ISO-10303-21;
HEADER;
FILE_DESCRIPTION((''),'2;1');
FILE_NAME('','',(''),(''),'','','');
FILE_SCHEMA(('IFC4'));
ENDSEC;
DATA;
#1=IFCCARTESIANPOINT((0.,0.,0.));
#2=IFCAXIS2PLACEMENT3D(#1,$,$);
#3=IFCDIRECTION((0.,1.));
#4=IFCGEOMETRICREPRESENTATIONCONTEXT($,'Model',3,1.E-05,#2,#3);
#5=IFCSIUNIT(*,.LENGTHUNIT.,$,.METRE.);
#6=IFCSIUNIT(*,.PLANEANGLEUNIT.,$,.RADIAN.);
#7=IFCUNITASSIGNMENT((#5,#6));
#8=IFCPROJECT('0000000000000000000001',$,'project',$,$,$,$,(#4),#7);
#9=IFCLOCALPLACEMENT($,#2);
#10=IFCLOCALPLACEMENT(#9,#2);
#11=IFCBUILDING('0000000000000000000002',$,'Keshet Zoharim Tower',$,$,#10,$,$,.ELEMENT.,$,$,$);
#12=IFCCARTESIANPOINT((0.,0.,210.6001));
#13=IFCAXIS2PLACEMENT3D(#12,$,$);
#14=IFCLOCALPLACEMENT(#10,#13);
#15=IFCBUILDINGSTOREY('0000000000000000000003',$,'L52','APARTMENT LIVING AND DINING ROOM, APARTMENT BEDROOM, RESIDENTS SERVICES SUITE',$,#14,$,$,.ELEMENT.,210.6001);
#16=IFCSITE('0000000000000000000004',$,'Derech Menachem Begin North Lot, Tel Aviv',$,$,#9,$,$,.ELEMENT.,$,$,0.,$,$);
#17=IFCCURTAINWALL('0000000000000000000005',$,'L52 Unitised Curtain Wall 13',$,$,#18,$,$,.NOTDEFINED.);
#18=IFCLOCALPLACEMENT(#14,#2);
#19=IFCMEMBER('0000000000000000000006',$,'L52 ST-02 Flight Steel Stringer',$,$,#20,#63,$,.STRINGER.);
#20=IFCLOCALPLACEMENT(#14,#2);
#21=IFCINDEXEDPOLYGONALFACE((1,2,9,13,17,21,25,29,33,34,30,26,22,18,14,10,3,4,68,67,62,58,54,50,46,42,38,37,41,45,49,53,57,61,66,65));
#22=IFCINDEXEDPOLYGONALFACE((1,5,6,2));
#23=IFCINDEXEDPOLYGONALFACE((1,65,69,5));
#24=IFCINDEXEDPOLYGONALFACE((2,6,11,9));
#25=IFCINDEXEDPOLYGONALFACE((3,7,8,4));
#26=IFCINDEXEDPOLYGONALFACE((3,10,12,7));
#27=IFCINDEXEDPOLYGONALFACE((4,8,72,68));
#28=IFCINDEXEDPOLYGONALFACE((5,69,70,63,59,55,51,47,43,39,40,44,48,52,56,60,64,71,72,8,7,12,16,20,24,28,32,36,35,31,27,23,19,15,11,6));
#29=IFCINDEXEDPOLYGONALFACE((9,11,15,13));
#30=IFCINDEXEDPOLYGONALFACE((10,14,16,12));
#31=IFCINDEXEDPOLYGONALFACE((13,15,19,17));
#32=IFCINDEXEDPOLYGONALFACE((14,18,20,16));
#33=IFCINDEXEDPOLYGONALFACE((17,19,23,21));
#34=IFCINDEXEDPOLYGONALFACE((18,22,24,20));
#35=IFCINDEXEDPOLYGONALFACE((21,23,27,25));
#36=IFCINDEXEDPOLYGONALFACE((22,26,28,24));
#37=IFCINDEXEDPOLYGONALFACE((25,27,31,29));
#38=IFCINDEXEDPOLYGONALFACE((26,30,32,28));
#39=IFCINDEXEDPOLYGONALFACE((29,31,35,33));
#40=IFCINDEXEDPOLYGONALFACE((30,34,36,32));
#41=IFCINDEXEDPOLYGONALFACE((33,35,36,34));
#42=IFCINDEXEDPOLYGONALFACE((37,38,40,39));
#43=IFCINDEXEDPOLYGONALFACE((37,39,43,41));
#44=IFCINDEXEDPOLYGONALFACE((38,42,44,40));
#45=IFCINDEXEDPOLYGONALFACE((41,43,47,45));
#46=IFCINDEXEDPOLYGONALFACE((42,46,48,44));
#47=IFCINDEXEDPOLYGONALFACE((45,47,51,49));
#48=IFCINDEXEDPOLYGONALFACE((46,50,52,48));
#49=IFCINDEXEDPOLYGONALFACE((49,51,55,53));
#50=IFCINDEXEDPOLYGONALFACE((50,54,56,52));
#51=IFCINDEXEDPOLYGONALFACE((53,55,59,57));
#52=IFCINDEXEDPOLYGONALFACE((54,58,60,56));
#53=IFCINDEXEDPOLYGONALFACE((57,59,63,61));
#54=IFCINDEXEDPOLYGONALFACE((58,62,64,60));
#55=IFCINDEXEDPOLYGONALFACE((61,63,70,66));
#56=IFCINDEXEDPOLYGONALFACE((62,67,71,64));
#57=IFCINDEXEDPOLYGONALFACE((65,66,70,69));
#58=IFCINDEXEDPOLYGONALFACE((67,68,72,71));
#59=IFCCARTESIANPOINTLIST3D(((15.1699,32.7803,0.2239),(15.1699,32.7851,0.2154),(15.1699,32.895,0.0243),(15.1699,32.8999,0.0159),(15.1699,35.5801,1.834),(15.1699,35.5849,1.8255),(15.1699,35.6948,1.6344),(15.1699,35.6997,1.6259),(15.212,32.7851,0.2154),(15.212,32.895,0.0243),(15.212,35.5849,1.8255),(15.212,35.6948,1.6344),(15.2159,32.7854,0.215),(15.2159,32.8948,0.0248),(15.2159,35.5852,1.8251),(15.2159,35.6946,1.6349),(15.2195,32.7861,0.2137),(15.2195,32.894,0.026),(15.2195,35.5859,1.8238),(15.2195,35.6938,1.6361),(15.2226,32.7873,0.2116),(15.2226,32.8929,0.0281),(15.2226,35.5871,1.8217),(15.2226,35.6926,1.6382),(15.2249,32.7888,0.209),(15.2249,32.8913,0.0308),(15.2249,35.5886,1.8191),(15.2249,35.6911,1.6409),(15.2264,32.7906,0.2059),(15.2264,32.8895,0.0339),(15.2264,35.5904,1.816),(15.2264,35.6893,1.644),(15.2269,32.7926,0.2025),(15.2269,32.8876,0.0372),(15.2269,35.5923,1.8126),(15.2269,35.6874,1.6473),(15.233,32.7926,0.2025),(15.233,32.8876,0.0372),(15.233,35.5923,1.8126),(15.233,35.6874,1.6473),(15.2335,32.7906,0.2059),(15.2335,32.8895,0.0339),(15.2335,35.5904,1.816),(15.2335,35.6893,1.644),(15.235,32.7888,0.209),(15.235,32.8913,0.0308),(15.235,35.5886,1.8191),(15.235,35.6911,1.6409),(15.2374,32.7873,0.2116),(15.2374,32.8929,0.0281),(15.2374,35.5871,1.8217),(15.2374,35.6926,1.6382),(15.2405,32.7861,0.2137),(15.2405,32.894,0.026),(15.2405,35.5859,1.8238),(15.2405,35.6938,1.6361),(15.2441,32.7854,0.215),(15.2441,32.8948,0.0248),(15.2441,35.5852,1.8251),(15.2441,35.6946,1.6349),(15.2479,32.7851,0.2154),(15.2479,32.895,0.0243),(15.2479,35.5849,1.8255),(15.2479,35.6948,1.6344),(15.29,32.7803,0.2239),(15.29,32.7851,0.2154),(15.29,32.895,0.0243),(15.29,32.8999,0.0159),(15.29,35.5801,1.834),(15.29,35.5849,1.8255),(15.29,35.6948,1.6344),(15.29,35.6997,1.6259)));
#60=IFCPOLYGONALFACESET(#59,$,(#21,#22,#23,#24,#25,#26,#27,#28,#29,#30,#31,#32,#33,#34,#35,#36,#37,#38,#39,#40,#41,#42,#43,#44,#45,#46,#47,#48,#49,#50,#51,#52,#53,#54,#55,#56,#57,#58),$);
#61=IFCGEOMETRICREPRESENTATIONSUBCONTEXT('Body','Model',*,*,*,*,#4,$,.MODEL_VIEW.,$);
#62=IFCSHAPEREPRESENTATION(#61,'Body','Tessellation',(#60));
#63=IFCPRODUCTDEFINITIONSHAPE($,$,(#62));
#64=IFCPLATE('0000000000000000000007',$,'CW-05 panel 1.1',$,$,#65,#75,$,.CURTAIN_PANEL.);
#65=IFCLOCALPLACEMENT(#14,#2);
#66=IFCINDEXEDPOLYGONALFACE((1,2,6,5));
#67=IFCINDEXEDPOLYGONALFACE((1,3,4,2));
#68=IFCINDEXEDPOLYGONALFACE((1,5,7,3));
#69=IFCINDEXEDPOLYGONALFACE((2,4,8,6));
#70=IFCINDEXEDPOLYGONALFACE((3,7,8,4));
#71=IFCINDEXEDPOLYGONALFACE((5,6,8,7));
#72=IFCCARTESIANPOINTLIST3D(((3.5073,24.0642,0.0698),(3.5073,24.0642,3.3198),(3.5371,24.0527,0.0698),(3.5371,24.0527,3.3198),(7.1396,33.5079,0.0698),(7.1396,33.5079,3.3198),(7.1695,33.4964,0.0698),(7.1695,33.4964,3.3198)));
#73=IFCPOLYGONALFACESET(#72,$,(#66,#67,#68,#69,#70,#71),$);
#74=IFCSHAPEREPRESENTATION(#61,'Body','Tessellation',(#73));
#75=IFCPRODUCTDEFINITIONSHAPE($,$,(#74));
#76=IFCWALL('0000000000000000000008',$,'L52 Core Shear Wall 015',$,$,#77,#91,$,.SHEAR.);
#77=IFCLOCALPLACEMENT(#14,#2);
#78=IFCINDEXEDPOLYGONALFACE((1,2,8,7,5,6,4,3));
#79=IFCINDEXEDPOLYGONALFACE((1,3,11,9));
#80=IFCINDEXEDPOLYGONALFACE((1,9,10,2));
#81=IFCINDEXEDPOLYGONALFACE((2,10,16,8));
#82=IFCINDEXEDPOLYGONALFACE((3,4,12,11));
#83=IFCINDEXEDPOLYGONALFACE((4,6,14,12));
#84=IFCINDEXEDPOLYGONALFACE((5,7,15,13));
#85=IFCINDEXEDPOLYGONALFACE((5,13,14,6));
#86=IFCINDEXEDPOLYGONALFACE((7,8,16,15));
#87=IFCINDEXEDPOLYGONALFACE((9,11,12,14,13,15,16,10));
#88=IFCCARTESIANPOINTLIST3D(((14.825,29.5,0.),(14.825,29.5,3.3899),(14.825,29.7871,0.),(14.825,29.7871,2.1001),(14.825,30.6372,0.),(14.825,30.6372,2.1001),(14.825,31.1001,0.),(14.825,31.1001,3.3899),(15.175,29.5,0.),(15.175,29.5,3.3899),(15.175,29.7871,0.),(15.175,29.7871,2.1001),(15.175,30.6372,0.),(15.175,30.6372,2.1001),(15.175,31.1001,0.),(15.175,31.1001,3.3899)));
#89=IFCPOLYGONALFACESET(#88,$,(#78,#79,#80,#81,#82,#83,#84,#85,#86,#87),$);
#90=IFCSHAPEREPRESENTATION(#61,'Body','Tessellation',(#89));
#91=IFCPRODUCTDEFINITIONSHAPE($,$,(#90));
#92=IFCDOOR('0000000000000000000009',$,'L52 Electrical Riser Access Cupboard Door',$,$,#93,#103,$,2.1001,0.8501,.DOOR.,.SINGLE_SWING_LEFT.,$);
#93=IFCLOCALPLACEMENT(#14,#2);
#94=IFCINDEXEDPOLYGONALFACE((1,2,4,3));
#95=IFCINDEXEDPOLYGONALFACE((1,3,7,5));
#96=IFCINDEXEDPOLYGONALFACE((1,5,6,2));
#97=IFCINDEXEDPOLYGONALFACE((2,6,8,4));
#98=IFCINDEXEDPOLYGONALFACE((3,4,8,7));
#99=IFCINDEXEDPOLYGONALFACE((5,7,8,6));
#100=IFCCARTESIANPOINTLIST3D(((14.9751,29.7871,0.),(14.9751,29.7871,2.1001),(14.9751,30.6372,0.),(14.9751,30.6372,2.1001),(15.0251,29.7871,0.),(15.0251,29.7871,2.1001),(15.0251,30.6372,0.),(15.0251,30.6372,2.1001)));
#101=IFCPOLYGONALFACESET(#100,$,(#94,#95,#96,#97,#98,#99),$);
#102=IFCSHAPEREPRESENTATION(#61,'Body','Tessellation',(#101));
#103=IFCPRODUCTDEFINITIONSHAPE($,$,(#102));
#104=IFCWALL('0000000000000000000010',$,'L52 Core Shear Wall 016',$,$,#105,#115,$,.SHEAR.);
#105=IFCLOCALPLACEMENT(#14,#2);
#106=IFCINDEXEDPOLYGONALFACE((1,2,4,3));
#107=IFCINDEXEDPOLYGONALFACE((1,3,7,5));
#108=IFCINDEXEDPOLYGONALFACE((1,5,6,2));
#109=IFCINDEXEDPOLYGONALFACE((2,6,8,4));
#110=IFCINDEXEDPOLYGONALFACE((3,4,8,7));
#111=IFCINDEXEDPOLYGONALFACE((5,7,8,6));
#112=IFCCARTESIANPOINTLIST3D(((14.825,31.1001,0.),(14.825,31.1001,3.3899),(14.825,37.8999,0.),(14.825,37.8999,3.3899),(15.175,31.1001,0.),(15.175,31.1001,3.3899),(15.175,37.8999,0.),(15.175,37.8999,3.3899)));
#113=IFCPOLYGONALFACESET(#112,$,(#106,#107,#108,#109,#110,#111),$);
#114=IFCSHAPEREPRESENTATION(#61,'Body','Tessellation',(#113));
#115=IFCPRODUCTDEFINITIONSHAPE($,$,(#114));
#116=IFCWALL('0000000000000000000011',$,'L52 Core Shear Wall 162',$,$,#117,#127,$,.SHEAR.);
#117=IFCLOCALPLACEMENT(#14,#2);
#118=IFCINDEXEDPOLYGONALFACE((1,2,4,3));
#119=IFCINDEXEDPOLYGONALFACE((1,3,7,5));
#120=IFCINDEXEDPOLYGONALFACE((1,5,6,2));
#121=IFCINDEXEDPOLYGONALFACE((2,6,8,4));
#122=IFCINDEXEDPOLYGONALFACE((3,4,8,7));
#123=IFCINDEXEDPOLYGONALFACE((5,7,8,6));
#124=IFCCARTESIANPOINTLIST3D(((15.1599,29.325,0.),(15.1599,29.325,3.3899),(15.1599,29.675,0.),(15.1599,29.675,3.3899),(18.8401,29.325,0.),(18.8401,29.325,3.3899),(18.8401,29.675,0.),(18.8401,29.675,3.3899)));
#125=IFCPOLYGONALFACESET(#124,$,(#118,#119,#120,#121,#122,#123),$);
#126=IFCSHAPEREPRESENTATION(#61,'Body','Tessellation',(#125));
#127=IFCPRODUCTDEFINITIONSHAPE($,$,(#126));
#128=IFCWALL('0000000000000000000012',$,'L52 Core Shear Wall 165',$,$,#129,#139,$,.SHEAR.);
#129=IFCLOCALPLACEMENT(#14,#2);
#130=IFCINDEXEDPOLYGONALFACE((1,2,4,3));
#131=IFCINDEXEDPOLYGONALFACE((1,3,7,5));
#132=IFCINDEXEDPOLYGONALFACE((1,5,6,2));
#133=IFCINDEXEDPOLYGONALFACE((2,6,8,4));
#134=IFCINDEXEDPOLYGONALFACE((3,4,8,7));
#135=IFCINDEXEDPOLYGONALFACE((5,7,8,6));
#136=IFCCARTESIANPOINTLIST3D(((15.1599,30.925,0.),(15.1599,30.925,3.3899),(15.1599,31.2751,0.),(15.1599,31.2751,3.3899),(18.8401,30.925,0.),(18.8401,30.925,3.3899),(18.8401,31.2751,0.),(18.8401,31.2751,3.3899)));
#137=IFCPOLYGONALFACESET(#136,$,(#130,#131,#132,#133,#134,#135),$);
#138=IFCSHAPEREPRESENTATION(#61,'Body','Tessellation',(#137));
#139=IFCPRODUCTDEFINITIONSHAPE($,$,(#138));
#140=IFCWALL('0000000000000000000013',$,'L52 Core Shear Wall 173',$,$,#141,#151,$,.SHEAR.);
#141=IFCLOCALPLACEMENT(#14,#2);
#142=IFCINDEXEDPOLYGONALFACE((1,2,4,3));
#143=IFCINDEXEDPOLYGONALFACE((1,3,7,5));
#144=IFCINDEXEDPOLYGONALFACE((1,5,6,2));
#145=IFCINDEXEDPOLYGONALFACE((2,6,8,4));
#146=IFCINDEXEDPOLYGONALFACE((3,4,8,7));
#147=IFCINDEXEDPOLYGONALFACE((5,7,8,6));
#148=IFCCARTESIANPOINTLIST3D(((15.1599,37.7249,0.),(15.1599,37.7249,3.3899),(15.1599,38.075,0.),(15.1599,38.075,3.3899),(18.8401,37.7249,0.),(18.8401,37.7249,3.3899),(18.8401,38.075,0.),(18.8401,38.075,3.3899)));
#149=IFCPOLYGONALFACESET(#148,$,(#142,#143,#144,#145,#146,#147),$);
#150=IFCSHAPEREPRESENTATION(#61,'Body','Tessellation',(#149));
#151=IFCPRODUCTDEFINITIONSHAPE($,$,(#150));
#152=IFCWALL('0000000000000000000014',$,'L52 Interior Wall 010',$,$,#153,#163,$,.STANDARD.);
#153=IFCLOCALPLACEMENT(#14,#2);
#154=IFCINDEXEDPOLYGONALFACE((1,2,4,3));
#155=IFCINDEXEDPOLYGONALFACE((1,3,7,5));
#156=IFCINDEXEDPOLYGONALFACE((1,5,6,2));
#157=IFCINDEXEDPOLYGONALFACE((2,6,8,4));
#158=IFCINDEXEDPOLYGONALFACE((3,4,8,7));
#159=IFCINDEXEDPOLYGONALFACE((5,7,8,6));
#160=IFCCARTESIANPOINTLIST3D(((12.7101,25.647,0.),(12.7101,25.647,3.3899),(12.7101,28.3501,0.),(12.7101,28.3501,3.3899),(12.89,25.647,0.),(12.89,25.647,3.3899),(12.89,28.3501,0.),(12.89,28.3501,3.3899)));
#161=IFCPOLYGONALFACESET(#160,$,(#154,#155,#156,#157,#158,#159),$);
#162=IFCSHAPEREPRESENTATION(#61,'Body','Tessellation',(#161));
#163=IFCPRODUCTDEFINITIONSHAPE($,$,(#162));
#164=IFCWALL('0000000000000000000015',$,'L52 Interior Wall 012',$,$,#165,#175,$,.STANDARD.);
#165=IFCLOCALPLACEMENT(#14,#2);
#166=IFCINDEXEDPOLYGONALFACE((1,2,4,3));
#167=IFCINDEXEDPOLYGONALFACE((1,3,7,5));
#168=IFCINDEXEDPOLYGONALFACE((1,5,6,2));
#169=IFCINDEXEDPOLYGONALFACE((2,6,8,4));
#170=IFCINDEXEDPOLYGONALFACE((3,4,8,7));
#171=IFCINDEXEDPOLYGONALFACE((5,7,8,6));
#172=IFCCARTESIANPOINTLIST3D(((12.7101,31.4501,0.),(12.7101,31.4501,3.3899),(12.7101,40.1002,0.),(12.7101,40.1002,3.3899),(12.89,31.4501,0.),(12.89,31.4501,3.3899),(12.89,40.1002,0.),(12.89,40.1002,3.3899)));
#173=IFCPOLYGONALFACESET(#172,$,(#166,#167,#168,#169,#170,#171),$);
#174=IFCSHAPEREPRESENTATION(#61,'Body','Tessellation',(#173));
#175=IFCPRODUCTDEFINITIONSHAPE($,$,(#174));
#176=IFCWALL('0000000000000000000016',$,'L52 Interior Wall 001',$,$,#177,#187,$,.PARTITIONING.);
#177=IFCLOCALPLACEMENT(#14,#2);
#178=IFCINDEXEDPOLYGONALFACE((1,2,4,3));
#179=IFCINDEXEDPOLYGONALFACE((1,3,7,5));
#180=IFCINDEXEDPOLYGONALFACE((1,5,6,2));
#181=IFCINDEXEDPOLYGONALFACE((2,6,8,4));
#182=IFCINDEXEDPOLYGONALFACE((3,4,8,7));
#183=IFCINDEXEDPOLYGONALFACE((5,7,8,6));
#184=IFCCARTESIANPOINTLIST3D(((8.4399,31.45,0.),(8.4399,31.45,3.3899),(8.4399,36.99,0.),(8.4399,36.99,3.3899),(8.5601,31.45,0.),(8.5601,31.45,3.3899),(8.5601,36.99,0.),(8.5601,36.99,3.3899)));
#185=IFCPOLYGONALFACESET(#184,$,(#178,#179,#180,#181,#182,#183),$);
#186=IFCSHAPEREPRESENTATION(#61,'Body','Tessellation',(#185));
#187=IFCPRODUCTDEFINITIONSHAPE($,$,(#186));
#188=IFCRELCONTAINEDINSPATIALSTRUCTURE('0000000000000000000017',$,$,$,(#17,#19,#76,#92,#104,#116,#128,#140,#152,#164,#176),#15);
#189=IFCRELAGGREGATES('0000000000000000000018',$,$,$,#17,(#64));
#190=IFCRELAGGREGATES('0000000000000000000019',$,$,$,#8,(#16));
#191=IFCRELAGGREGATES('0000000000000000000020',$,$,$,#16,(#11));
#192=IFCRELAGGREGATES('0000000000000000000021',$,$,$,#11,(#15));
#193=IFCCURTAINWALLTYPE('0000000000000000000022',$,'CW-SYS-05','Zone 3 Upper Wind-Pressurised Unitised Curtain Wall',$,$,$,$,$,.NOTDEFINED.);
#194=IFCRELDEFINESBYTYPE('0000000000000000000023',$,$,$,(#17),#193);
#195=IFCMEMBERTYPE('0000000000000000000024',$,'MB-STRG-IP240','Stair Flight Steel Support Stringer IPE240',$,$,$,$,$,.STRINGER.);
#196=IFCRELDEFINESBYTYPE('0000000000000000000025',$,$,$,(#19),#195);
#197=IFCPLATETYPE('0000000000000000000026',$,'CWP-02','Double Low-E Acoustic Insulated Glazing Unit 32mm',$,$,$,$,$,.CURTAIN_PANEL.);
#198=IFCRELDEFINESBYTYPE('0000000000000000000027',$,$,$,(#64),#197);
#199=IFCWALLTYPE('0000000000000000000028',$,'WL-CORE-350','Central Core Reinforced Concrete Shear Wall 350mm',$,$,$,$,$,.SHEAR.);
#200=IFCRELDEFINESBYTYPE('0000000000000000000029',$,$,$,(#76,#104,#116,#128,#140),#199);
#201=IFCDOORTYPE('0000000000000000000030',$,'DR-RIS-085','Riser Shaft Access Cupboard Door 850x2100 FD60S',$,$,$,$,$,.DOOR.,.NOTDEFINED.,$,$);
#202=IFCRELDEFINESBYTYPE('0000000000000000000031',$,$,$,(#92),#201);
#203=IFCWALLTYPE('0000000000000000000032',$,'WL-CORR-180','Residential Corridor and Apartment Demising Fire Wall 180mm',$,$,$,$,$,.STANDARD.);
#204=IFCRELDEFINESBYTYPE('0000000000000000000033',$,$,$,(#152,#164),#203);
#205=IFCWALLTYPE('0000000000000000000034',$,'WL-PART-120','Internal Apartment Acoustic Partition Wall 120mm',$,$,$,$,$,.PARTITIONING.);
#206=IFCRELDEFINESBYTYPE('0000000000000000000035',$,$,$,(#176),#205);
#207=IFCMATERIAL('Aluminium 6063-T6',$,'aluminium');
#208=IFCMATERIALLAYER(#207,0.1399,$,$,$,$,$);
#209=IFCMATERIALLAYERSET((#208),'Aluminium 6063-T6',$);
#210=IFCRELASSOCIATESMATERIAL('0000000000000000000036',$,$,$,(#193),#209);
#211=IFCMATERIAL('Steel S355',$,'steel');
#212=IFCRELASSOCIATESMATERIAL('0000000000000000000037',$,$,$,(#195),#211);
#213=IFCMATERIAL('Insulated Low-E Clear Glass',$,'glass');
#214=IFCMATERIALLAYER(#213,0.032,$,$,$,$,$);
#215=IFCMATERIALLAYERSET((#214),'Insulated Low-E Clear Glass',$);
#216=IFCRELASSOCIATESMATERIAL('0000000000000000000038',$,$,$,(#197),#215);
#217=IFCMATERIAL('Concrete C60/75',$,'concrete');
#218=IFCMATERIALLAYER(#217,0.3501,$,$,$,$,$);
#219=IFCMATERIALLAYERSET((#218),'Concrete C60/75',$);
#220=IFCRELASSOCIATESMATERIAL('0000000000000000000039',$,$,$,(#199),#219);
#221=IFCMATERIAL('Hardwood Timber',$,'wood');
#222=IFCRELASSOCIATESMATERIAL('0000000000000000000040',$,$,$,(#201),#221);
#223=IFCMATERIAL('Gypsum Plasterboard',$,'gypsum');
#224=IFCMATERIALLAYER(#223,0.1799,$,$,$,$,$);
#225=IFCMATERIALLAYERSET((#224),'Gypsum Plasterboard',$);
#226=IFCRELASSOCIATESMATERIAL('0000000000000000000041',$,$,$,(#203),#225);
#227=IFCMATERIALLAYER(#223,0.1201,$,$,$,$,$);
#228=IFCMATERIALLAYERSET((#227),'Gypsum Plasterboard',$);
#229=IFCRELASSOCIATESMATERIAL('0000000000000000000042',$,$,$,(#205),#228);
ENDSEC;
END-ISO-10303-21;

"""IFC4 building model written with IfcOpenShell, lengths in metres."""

from ifc_helpers import new_model, si_unit, direction, frame, frame_2d, origin, origin_2d, place, context, subcontext, project, spatial, rectangle, i_section, extrude, material, layer, layer_set, material_profile, profile_set, type_object, element, fill, aggregate, save


model = new_model("IFC4")

# Units and contexts
model_context = context("Model", 3, precision=1e-05, world=origin(), true_north=direction((0.0, 1.0)))
body_context = subcontext(model_context, "Body", "Model", "MODEL_VIEW")
ifc_project = project(units=[si_unit("LENGTHUNIT", "METRE"), si_unit("PLANEANGLEUNIT", "RADIAN")], contexts=[model_context])

# Site, building, storey
site_placement = place(None, origin())
site = spatial("IfcSite", under=ifc_project, at=site_placement, Name="Derech Menachem Begin North Lot, Tel Aviv", CompositionType="ELEMENT", RefElevation=0.0)
building_placement = place(site_placement, origin())
building = spatial("IfcBuilding", under=site, at=building_placement, Name="Keshet Zoharim Tower", CompositionType="ELEMENT")
storey_placement = place(building_placement, frame((0.0, 0.0, 210.6001)))
storey = spatial("IfcBuildingStorey", under=building, at=storey_placement, Name="L52", Description="APARTMENT LIVING AND DINING ROOM, APARTMENT BEDROOM, RESIDENTS SERVICES SUITE", CompositionType="ELEMENT", Elevation=210.6001)

# Shared definitions
ifc_material_1 = material(Name="Steel S355", Category="steel")

# Curtain wall
ifc_material_2 = material(Name="Aluminium 6063-T6", Category="aluminium")
ifc_layer_1 = layer(ifc_material_2, 0.1399)
ifc_layer_set_1 = layer_set([ifc_layer_1], Name="Aluminium 6063-T6")
curtain_wall_type = type_object("IfcCurtainWallType", Name="CW-SYS-05", Description="Zone 3 Upper Wind-Pressurised Unitised Curtain Wall", PredefinedType="NOTDEFINED", material=ifc_layer_set_1)
curtain_wall_placement = place(storey_placement, origin())
curtain_wall = element("IfcCurtainWall", 1, at=curtain_wall_placement, inside=storey, type_object=curtain_wall_type, Name="L52 Unitised Curtain Wall 13", PredefinedType="NOTDEFINED")

# Member
ifc_material_profile_1 = material_profile(ifc_material_1, i_section(OverallWidth=0.1201, OverallDepth=0.24, WebThickness=0.0061, FlangeThickness=0.0098, FilletRadius=0.0149, at=origin_2d()), Name="IPE240")
ifc_profile_set_1 = profile_set([ifc_material_profile_1], Name="Steel S355")
member_type_1 = type_object("IfcMemberType", Name="MB-STRG-IP240", Description="Stair Flight Steel Support Stringer IPE240", PredefinedType="STRINGER", material=ifc_profile_set_1)
member_1_placement = place(storey_placement, frame((15.23, 32.8401, 0.1199), z_axis=(0.0, 0.866877, 0.498522), x_axis=(-1.0, 0.0, 0.0)))
element("IfcMember", 2, at=member_1_placement, inside=storey, type_object=member_type_1, Name="L52 ST-02 Flight Steel Stringer", PredefinedType="STRINGER", context=body_context, shape_type="SweptSolid", body=[
    extrude(i_section(OverallWidth=0.1201, OverallDepth=0.24, WebThickness=0.0061, FlangeThickness=0.0098, FilletRadius=0.0149, at=origin_2d()), origin(), (0.0, 0.0, 1.0), 3.2297),
])

# Plate
ifc_material_3 = material(Name="Insulated Low-E Clear Glass", Category="glass")
ifc_layer_2 = layer(ifc_material_3, 0.032)
ifc_layer_set_2 = layer_set([ifc_layer_2], Name="Insulated Low-E Clear Glass")
plate_type = type_object("IfcPlateType", Name="CWP-02", Description="Double Low-E Acoustic Insulated Glazing Unit 32mm", PredefinedType="CURTAIN_PANEL", material=ifc_layer_set_2)
plate_placement = place(storey_placement, frame((5.3384, 28.7803, 0.0698), z_axis=(0.0, 0.0, 1.0), x_axis=(0.35899, 0.933341, 0.0)))
plate = element("IfcPlate", 3, at=plate_placement, type_object=plate_type, Name="CW-05 panel 1.1", PredefinedType="CURTAIN_PANEL", context=body_context, shape_type="SweptSolid", body=[
    extrude(rectangle(XDim=10.1182, YDim=0.032, at=origin_2d()), origin(), (0.0, 0.0, 1.0), 3.25),
])
aggregate(curtain_wall, [plate])

# Wall, opening, door
ifc_material_4 = material(Name="Concrete C60/75", Category="concrete")
ifc_layer_3 = layer(ifc_material_4, 0.3501)
ifc_layer_set_3 = layer_set([ifc_layer_3], Name="Concrete C60/75")
wall_type_1 = type_object("IfcWallType", Name="WL-CORE-350", Description="Central Core Reinforced Concrete Shear Wall 350mm", PredefinedType="SHEAR", material=ifc_layer_set_3)
wall_1_placement = place(storey_placement, frame((15.0, 29.5, 0.0), z_axis=(0.0, 0.0, 1.0), x_axis=(0.0, 1.0, 0.0)))
wall_1 = element("IfcWall", 4, at=wall_1_placement, inside=storey, type_object=wall_type_1, Name="L52 Core Shear Wall 015", PredefinedType="SHEAR", context=body_context, shape_type="SweptSolid", body=[
    extrude(rectangle(XDim=1.6001, YDim=0.3501, at=frame_2d((0.8, 0.0))), origin(), (0.0, 0.0, 1.0), 3.3899),
])
opening_1_placement = place(wall_1_placement, frame((0.2871, 0.0, 0.0)))
opening_1 = element("IfcOpeningElement", 5, at=opening_1_placement, cuts=wall_1, PredefinedType="OPENING", context=body_context, shape_type="SweptSolid", body=[
    extrude(rectangle(XDim=0.8501, YDim=2.1001, at=frame_2d((0.425, 1.05))), frame((0.0, 0.1851, 0.0), z_axis=(0.0, -1.0, 0.0), x_axis=(1.0, 0.0, 0.0)), (0.0, 0.0, 1.0), 0.3701),
])
ifc_material_5 = material(Name="Hardwood Timber", Category="wood")
door_type_1 = type_object("IfcDoorType", Name="DR-RIS-085", Description="Riser Shaft Access Cupboard Door 850x2100 FD60S", OperationType="NOTDEFINED", PredefinedType="DOOR", material=ifc_material_5)
door_1_placement = place(opening_1_placement, origin())
door_1 = element("IfcDoor", 6, at=door_1_placement, inside=storey, type_object=door_type_1, Name="L52 Electrical Riser Access Cupboard Door", OperationType="SINGLE_SWING_LEFT", OverallHeight=2.1001, OverallWidth=0.8501, PredefinedType="DOOR", context=body_context, shape_type="SweptSolid", body=[
    extrude(rectangle(XDim=0.8501, YDim=2.1001, at=frame_2d((0.425, 1.05))), frame((0.0, 0.0249, 0.0), z_axis=(0.0, -1.0, 0.0), x_axis=(1.0, 0.0, 0.0)), (0.0, 0.0, 1.0), 0.05),
])
fill(opening_1, door_1)

# Walls
wall_2_placement = place(storey_placement, frame((15.0, 31.1001, 0.0), z_axis=(0.0, 0.0, 1.0), x_axis=(0.0, 1.0, 0.0)))
element("IfcWall", 7, at=wall_2_placement, inside=storey, type_object=wall_type_1, Name="L52 Core Shear Wall 016", PredefinedType="SHEAR", context=body_context, shape_type="SweptSolid", body=[
    extrude(rectangle(XDim=6.7998, YDim=0.3501, at=frame_2d((3.3999, 0.0))), origin(), (0.0, 0.0, 1.0), 3.3899),
])
for number, where, z_axis, x_axis, name in (
    (8, (15.1599, 29.5, 0.0), (0.0, 0.0, 1.0), (1.0, 0.0, 0.0), "L52 Core Shear Wall 162"),
    (9, (15.1599, 31.1001, 0.0), (0.0, 0.0, 1.0), (1.0, 0.0, 0.0), "L52 Core Shear Wall 165"),
    (10, (15.1599, 37.8999, 0.0), (0.0, 0.0, 1.0), (1.0, 0.0, 0.0), "L52 Core Shear Wall 173"),
):
    element("IfcWall", number, at=place(storey_placement, frame(where, z_axis=z_axis, x_axis=x_axis)), inside=storey, type_object=wall_type_1, Name=name, PredefinedType="SHEAR", context=body_context, shape_type="SweptSolid", body=[
        extrude(rectangle(XDim=3.6802, YDim=0.3501, at=frame_2d((1.8401, 0.0))), origin(), (0.0, 0.0, 1.0), 3.3899),
    ])
ifc_material_6 = material(Name="Gypsum Plasterboard", Category="gypsum")
ifc_layer_4 = layer(ifc_material_6, 0.1799)
ifc_layer_set_4 = layer_set([ifc_layer_4], Name="Gypsum Plasterboard")
wall_type_2 = type_object("IfcWallType", Name="WL-CORR-180", Description="Residential Corridor and Apartment Demising Fire Wall 180mm", PredefinedType="STANDARD", material=ifc_layer_set_4)
wall_3_placement = place(storey_placement, frame((12.8, 25.647, 0.0), z_axis=(0.0, 0.0, 1.0), x_axis=(0.0, 1.0, 0.0)))
element("IfcWall", 11, at=wall_3_placement, inside=storey, type_object=wall_type_2, Name="L52 Interior Wall 010", PredefinedType="STANDARD", context=body_context, shape_type="SweptSolid", body=[
    extrude(rectangle(XDim=2.7031, YDim=0.1799, at=frame_2d((1.3516, 0.0))), origin(), (0.0, 0.0, 1.0), 3.3899),
])

# Walls
wall_4_placement = place(storey_placement, frame((12.8, 31.45, 0.0), z_axis=(0.0, 0.0, 1.0), x_axis=(0.0, 1.0, 0.0)))
element("IfcWall", 12, at=wall_4_placement, inside=storey, type_object=wall_type_2, Name="L52 Interior Wall 012", PredefinedType="STANDARD", context=body_context, shape_type="SweptSolid", body=[
    extrude(rectangle(XDim=8.6501, YDim=0.1799, at=frame_2d((4.3252, 0.0))), origin(), (0.0, 0.0, 1.0), 3.3899),
])
ifc_layer_5 = layer(ifc_material_6, 0.1201)
ifc_layer_set_5 = layer_set([ifc_layer_5], Name="Gypsum Plasterboard")
wall_type_3 = type_object("IfcWallType", Name="WL-PART-120", Description="Internal Apartment Acoustic Partition Wall 120mm", PredefinedType="PARTITIONING", material=ifc_layer_set_5)
wall_5_placement = place(storey_placement, frame((8.5, 31.45, 0.0), z_axis=(0.0, 0.0, 1.0), x_axis=(0.0, 1.0, 0.0)))
element("IfcWall", 13, at=wall_5_placement, inside=storey, type_object=wall_type_3, Name="L52 Interior Wall 001", PredefinedType="PARTITIONING", context=body_context, shape_type="SweptSolid", body=[
    extrude(rectangle(XDim=5.54, YDim=0.1201, at=frame_2d((2.77, 0.0))), origin(), (0.0, 0.0, 1.0), 3.3899),
])

save(model, "model.ifc")
